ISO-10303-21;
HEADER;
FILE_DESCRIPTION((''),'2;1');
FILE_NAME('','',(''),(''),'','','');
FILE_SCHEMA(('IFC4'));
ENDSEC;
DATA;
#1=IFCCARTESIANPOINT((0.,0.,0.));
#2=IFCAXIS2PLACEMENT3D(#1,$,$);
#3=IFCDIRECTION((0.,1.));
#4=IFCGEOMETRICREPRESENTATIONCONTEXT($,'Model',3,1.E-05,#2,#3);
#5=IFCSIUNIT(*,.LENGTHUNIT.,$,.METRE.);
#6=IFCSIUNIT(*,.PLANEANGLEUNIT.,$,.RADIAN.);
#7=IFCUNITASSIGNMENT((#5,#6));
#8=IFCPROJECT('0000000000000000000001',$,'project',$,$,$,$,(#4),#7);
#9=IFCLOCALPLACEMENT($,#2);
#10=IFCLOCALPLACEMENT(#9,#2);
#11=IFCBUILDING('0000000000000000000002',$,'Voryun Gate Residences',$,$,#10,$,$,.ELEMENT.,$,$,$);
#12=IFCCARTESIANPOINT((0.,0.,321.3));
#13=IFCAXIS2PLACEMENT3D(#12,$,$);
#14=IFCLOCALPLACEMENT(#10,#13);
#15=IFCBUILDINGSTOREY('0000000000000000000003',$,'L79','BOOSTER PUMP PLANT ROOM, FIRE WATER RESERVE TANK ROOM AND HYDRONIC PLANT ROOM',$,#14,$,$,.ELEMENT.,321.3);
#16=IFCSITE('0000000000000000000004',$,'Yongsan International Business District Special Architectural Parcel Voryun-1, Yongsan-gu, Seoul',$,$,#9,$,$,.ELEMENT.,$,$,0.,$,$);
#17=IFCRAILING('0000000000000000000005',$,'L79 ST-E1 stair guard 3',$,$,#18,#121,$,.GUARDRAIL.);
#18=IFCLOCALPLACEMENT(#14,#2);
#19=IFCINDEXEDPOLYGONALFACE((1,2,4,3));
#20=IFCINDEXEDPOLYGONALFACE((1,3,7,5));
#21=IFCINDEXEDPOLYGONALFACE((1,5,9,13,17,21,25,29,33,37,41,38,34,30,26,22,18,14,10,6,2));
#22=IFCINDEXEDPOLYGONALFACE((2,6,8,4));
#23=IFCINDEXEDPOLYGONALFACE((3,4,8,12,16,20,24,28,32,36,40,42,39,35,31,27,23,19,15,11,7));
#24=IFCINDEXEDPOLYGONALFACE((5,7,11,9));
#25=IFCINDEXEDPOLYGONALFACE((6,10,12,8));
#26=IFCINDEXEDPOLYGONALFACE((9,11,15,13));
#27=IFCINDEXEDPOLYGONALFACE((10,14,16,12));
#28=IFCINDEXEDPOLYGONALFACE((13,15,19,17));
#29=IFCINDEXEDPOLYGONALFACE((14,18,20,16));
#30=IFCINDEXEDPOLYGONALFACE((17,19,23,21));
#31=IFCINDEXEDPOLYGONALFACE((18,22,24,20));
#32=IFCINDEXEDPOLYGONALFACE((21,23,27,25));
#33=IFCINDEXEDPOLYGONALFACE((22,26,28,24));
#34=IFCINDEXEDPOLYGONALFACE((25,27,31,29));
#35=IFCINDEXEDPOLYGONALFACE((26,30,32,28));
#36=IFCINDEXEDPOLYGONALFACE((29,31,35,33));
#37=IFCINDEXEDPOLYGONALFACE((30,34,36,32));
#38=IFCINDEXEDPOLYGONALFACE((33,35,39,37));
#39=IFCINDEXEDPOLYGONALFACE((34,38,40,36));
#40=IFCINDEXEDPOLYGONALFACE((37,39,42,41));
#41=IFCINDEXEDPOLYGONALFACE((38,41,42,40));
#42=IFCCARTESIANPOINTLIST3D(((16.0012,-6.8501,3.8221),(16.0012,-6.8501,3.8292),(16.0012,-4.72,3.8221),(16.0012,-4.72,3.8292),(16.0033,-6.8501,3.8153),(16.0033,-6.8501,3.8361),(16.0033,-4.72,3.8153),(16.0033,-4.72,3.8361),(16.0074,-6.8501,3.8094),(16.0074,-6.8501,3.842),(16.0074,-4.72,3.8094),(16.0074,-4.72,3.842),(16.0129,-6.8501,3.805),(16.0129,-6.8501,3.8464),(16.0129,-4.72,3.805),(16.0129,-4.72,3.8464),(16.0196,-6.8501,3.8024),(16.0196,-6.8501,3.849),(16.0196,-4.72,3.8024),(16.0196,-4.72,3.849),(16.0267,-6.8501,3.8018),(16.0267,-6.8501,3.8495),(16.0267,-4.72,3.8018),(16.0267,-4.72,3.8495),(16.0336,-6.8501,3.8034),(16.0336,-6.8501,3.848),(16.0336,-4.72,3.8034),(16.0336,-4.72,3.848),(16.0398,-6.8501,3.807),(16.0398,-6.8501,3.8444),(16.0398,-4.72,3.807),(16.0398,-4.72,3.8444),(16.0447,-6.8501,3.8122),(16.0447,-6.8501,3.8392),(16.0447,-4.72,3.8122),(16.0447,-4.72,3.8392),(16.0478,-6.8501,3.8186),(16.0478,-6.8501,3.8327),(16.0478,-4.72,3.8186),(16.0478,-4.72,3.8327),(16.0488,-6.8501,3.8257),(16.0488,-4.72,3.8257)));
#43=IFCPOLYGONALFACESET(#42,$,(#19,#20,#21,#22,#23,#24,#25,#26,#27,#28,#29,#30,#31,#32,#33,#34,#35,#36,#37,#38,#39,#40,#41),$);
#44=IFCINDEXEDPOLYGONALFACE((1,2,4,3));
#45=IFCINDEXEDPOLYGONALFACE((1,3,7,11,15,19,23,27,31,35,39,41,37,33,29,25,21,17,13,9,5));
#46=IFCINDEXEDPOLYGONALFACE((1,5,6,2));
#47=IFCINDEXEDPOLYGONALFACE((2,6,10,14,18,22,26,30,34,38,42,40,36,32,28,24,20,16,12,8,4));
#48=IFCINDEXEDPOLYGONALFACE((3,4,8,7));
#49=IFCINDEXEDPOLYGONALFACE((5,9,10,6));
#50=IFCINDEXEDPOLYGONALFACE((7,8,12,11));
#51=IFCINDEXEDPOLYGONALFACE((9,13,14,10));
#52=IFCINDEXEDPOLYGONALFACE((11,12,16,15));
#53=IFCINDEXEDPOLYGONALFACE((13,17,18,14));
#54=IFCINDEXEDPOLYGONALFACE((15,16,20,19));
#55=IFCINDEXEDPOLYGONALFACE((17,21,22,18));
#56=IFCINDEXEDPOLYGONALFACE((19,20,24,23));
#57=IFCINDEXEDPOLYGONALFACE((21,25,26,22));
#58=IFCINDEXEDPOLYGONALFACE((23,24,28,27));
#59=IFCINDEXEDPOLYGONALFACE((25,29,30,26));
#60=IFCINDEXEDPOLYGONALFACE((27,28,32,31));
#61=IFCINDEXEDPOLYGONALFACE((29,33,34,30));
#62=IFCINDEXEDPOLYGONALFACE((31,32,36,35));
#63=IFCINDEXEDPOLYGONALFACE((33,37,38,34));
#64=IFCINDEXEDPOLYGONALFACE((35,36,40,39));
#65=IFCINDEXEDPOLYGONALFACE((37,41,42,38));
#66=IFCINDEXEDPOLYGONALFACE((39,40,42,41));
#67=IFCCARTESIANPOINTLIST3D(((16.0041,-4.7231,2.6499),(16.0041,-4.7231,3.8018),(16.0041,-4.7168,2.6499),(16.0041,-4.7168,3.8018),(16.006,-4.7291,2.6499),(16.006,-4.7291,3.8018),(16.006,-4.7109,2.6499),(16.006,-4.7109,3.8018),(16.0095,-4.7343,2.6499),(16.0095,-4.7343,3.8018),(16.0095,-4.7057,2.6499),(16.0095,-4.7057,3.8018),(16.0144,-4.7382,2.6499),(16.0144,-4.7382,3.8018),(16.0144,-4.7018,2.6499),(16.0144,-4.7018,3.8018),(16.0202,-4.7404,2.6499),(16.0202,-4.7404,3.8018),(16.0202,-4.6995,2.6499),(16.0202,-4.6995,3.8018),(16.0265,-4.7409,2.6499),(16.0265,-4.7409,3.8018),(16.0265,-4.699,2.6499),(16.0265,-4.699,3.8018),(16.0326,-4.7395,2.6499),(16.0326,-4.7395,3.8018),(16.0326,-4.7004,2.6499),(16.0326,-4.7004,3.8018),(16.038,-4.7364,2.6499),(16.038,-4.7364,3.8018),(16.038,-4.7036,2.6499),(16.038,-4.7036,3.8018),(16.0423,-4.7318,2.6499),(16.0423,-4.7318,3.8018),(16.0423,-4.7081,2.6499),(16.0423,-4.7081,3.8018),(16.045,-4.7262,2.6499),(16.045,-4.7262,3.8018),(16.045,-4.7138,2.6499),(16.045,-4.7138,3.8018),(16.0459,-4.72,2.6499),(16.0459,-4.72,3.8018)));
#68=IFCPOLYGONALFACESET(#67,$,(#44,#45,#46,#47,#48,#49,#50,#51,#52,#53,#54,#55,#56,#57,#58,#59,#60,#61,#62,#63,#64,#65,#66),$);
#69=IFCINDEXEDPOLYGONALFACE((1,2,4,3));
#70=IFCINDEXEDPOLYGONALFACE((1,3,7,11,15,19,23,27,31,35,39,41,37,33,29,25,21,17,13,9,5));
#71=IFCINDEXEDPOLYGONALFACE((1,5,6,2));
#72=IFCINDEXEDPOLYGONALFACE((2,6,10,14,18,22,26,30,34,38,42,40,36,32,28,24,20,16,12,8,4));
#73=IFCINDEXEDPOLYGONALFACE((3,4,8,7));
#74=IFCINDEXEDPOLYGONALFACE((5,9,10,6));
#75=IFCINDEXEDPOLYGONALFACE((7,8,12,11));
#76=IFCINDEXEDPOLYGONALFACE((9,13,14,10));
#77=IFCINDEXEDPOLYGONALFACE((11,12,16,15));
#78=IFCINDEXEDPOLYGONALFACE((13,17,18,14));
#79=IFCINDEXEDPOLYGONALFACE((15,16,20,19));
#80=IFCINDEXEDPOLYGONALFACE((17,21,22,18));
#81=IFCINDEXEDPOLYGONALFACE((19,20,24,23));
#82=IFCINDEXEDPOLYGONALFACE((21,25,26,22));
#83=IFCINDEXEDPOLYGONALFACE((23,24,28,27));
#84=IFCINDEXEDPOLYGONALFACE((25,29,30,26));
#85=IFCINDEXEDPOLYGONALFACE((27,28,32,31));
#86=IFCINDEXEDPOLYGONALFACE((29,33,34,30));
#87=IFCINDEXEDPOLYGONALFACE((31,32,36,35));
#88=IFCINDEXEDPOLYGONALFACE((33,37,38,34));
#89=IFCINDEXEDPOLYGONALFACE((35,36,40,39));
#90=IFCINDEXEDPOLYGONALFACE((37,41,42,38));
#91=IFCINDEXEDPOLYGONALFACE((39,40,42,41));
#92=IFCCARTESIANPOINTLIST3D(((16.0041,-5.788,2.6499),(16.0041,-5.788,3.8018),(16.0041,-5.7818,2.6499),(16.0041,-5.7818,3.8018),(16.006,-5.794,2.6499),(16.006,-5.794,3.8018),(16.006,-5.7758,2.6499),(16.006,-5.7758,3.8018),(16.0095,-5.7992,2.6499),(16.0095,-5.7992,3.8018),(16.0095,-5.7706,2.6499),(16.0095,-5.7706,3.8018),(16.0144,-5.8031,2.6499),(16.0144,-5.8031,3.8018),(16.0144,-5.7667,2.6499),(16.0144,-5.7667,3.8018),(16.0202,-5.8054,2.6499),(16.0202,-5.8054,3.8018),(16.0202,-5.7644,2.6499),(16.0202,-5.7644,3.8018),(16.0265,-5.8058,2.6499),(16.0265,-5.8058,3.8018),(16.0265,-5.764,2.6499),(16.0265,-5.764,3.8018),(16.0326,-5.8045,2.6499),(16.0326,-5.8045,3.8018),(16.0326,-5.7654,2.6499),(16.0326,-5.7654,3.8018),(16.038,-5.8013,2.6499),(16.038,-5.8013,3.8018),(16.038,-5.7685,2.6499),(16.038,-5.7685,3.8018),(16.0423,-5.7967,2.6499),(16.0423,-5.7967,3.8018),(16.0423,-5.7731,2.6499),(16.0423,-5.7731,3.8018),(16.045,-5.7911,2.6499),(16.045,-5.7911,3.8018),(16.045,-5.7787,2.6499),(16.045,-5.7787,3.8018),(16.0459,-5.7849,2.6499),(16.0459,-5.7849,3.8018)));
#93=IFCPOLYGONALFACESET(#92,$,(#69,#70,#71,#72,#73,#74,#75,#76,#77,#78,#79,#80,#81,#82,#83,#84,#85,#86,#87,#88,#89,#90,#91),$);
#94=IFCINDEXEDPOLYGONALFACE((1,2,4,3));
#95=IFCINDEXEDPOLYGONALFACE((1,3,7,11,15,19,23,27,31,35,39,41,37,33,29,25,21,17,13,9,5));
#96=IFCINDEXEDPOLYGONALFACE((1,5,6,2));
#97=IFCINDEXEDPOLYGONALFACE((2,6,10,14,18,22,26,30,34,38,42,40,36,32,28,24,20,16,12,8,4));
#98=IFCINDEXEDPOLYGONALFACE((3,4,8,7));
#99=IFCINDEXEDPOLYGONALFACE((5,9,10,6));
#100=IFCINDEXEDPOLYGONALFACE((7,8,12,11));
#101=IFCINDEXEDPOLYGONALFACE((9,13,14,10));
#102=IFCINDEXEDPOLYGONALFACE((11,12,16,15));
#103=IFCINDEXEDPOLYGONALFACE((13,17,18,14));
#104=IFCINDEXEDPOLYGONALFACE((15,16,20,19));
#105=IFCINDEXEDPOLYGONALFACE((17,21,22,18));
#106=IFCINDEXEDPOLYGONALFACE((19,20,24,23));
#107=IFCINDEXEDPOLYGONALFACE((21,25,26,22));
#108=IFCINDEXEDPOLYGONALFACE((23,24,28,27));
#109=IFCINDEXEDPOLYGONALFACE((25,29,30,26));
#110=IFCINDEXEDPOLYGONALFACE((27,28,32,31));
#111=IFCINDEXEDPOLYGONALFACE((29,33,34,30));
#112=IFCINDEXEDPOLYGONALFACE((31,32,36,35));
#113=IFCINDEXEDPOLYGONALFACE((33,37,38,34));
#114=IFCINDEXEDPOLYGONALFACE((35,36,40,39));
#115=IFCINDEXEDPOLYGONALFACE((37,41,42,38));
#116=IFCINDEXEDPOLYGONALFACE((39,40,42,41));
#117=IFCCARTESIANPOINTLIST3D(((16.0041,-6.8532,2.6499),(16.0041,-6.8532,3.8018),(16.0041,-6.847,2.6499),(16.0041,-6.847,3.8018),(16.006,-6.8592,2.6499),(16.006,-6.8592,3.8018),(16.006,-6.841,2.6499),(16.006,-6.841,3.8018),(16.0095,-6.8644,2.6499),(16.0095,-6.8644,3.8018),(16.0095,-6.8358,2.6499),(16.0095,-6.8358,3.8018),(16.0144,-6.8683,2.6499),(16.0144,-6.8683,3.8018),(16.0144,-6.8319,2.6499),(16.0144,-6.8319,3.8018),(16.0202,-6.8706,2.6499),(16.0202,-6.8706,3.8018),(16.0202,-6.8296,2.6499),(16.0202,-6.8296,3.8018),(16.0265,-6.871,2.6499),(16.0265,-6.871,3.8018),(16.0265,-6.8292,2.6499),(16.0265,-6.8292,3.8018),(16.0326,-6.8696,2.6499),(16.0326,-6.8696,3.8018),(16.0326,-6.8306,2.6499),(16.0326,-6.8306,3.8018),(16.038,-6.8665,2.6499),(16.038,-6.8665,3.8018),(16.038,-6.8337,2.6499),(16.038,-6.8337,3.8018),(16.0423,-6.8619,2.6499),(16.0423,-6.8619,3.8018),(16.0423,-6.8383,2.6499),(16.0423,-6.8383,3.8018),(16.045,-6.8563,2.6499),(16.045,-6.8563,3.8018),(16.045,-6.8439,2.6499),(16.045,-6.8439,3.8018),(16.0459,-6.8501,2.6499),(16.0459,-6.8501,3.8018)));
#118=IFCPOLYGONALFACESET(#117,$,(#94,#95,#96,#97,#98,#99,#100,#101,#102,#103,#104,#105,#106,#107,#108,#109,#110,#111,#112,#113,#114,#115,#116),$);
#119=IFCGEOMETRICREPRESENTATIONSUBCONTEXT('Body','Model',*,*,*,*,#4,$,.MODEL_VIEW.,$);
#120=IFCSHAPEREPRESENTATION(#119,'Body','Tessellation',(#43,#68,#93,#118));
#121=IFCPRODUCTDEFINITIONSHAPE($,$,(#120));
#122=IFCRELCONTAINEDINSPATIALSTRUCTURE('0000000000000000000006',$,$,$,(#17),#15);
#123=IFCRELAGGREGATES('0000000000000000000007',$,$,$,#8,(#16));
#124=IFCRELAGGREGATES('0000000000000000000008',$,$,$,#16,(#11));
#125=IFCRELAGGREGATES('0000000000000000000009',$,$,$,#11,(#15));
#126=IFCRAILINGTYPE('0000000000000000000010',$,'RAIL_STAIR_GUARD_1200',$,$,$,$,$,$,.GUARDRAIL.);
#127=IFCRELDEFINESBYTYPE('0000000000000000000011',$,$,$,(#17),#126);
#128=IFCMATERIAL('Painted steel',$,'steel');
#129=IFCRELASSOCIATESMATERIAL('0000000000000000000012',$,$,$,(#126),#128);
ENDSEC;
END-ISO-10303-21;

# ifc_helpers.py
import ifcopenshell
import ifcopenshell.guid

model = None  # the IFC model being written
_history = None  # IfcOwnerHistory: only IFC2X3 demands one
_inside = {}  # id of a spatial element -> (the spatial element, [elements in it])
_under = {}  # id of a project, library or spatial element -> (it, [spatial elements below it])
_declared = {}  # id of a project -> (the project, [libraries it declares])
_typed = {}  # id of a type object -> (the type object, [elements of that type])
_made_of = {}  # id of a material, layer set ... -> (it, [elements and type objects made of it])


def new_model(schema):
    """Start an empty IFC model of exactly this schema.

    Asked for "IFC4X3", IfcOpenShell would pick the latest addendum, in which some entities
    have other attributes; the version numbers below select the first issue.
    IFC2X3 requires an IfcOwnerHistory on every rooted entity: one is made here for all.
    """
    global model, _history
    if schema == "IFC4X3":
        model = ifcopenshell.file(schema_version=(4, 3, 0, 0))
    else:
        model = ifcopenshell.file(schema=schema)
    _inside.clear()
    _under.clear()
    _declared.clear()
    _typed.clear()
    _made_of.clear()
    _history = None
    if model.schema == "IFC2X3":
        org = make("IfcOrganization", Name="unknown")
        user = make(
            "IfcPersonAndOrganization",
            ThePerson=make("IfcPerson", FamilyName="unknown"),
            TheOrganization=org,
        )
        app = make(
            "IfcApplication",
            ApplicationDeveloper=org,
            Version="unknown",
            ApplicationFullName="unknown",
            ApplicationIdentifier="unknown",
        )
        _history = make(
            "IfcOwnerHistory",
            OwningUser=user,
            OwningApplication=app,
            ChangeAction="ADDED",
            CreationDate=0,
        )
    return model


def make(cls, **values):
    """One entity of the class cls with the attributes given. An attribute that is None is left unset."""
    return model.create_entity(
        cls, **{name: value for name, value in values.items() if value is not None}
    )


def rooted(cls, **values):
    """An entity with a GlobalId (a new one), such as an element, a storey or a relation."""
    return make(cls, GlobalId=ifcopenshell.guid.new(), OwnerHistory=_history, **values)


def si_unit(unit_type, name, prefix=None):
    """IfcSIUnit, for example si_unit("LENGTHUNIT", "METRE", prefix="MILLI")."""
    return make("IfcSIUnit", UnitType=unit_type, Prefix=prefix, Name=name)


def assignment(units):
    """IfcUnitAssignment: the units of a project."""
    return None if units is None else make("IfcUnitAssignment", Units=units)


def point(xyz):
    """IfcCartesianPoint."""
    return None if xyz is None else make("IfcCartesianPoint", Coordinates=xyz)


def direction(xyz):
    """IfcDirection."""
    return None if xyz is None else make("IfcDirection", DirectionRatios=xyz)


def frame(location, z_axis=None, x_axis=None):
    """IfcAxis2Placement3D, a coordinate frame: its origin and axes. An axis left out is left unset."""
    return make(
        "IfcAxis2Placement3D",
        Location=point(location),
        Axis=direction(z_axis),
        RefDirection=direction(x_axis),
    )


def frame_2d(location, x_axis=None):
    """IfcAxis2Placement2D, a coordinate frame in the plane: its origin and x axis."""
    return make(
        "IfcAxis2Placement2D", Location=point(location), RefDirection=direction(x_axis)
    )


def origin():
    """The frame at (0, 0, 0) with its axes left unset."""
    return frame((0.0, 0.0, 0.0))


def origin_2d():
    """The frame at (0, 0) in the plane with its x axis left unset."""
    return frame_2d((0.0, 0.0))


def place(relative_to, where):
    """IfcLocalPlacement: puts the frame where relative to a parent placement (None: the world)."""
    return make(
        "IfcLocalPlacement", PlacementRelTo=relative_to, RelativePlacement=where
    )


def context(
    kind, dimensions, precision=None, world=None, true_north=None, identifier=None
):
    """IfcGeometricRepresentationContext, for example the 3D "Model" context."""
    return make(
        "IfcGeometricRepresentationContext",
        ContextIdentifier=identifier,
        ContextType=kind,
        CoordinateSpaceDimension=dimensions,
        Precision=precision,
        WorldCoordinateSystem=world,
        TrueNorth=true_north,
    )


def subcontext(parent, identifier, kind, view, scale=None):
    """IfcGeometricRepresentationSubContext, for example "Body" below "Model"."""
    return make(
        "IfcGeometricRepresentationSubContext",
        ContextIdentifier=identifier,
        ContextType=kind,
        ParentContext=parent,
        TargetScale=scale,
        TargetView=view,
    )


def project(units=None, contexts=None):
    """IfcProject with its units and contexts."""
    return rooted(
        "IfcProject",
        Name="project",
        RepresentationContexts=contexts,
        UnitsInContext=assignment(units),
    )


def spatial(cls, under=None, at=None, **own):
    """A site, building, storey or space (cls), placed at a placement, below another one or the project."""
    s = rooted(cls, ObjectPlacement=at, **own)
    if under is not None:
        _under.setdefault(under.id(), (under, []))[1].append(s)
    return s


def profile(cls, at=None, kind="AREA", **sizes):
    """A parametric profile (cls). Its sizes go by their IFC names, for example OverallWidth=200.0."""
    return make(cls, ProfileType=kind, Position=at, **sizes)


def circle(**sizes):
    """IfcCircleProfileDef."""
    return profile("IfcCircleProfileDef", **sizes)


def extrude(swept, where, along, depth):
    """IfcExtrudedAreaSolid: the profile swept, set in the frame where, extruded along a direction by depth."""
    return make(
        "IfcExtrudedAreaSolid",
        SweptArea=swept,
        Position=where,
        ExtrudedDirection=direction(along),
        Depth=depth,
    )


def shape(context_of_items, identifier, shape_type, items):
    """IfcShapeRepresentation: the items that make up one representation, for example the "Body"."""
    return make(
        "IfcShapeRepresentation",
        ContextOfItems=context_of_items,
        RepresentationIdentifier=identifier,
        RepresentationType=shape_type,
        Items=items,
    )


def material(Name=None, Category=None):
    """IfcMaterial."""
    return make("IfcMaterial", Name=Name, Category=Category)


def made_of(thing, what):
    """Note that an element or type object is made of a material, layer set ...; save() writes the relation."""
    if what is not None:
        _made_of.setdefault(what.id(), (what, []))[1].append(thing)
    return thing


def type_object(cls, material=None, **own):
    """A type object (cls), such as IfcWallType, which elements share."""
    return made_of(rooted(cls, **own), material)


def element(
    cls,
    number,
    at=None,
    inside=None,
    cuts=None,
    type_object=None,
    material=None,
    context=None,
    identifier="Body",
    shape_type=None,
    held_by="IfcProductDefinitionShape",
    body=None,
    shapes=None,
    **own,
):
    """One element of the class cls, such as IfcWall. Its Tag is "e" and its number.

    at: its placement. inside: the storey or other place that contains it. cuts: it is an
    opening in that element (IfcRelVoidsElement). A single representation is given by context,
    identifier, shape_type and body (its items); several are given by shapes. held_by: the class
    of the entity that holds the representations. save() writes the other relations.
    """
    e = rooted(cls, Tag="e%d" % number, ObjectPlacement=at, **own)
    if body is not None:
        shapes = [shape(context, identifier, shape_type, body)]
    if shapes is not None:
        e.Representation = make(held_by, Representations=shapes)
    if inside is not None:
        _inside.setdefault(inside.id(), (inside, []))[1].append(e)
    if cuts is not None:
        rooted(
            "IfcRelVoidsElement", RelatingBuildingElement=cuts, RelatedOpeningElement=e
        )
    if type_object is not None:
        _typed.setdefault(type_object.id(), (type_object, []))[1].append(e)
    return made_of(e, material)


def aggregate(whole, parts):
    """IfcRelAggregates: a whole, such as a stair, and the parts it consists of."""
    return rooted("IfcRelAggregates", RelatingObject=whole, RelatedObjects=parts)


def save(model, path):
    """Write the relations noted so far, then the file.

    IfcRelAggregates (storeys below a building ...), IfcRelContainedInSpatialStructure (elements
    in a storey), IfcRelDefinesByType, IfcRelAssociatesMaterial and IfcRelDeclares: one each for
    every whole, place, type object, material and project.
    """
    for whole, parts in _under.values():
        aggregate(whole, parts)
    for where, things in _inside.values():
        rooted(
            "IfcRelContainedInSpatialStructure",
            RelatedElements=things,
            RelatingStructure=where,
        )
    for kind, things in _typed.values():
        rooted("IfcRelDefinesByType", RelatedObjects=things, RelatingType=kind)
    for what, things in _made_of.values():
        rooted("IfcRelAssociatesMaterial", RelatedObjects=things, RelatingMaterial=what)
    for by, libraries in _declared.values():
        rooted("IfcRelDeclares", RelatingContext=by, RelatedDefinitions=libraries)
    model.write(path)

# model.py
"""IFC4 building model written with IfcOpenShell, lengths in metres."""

from ifc_helpers import new_model, si_unit, direction, frame, origin, origin_2d, place, context, subcontext, project, spatial, circle, extrude, material, type_object, element, save


model = new_model("IFC4")

# Units and contexts
model_context = context("Model", 3, precision=1e-05, world=origin(), true_north=direction((0.0, 1.0)))
body_context = subcontext(model_context, "Body", "Model", "MODEL_VIEW")
ifc_project = project(units=[si_unit("LENGTHUNIT", "METRE"), si_unit("PLANEANGLEUNIT", "RADIAN")], contexts=[model_context])

# Site, building, storey
site_placement = place(None, origin())
site = spatial("IfcSite", under=ifc_project, at=site_placement, Name="Yongsan International Business District Special Architectural Parcel Voryun-1, Yongsan-gu, Seoul", CompositionType="ELEMENT", RefElevation=0.0)
building_placement = place(site_placement, origin())
building = spatial("IfcBuilding", under=site, at=building_placement, Name="Voryun Gate Residences", CompositionType="ELEMENT")
storey_placement = place(building_placement, frame((0.0, 0.0, 321.3)))
storey = spatial("IfcBuildingStorey", under=building, at=storey_placement, Name="L79", Description="BOOSTER PUMP PLANT ROOM, FIRE WATER RESERVE TANK ROOM AND HYDRONIC PLANT ROOM", CompositionType="ELEMENT", Elevation=321.3)

# Railing
ifc_material_1 = material(Name="Painted steel", Category="steel")
railing_type_1 = type_object("IfcRailingType", Name="RAIL_STAIR_GUARD_1200", PredefinedType="GUARDRAIL", material=ifc_material_1)
railing_1_placement = place(storey_placement, frame((16.0249, -4.72, 2.6499)))
element("IfcRailing", 1, at=railing_1_placement, inside=storey, type_object=railing_type_1, Name="L79 ST-E1 stair guard 3", PredefinedType="GUARDRAIL", context=body_context, shape_type="SweptSolid", body=[
    extrude(circle(Radius=0.0239, at=origin_2d()), frame((0.0, 0.0, 1.1758), z_axis=(0.0, -1.0, 0.0), x_axis=(1.0, 0.0, 0.0)), (0.0, 0.0, 1.0), 2.1301),
    extrude(circle(Radius=0.021, at=origin_2d()), origin(), (0.0, 0.0, 1.0), 1.1519),
    extrude(circle(Radius=0.021, at=origin_2d()), frame((0.0, -1.0649, 0.0)), (0.0, 0.0, 1.0), 1.1519),
    extrude(circle(Radius=0.021, at=origin_2d()), frame((0.0, -2.1301, 0.0)), (0.0, 0.0, 1.0), 1.1519),
])

save(model, "model.ifc")
